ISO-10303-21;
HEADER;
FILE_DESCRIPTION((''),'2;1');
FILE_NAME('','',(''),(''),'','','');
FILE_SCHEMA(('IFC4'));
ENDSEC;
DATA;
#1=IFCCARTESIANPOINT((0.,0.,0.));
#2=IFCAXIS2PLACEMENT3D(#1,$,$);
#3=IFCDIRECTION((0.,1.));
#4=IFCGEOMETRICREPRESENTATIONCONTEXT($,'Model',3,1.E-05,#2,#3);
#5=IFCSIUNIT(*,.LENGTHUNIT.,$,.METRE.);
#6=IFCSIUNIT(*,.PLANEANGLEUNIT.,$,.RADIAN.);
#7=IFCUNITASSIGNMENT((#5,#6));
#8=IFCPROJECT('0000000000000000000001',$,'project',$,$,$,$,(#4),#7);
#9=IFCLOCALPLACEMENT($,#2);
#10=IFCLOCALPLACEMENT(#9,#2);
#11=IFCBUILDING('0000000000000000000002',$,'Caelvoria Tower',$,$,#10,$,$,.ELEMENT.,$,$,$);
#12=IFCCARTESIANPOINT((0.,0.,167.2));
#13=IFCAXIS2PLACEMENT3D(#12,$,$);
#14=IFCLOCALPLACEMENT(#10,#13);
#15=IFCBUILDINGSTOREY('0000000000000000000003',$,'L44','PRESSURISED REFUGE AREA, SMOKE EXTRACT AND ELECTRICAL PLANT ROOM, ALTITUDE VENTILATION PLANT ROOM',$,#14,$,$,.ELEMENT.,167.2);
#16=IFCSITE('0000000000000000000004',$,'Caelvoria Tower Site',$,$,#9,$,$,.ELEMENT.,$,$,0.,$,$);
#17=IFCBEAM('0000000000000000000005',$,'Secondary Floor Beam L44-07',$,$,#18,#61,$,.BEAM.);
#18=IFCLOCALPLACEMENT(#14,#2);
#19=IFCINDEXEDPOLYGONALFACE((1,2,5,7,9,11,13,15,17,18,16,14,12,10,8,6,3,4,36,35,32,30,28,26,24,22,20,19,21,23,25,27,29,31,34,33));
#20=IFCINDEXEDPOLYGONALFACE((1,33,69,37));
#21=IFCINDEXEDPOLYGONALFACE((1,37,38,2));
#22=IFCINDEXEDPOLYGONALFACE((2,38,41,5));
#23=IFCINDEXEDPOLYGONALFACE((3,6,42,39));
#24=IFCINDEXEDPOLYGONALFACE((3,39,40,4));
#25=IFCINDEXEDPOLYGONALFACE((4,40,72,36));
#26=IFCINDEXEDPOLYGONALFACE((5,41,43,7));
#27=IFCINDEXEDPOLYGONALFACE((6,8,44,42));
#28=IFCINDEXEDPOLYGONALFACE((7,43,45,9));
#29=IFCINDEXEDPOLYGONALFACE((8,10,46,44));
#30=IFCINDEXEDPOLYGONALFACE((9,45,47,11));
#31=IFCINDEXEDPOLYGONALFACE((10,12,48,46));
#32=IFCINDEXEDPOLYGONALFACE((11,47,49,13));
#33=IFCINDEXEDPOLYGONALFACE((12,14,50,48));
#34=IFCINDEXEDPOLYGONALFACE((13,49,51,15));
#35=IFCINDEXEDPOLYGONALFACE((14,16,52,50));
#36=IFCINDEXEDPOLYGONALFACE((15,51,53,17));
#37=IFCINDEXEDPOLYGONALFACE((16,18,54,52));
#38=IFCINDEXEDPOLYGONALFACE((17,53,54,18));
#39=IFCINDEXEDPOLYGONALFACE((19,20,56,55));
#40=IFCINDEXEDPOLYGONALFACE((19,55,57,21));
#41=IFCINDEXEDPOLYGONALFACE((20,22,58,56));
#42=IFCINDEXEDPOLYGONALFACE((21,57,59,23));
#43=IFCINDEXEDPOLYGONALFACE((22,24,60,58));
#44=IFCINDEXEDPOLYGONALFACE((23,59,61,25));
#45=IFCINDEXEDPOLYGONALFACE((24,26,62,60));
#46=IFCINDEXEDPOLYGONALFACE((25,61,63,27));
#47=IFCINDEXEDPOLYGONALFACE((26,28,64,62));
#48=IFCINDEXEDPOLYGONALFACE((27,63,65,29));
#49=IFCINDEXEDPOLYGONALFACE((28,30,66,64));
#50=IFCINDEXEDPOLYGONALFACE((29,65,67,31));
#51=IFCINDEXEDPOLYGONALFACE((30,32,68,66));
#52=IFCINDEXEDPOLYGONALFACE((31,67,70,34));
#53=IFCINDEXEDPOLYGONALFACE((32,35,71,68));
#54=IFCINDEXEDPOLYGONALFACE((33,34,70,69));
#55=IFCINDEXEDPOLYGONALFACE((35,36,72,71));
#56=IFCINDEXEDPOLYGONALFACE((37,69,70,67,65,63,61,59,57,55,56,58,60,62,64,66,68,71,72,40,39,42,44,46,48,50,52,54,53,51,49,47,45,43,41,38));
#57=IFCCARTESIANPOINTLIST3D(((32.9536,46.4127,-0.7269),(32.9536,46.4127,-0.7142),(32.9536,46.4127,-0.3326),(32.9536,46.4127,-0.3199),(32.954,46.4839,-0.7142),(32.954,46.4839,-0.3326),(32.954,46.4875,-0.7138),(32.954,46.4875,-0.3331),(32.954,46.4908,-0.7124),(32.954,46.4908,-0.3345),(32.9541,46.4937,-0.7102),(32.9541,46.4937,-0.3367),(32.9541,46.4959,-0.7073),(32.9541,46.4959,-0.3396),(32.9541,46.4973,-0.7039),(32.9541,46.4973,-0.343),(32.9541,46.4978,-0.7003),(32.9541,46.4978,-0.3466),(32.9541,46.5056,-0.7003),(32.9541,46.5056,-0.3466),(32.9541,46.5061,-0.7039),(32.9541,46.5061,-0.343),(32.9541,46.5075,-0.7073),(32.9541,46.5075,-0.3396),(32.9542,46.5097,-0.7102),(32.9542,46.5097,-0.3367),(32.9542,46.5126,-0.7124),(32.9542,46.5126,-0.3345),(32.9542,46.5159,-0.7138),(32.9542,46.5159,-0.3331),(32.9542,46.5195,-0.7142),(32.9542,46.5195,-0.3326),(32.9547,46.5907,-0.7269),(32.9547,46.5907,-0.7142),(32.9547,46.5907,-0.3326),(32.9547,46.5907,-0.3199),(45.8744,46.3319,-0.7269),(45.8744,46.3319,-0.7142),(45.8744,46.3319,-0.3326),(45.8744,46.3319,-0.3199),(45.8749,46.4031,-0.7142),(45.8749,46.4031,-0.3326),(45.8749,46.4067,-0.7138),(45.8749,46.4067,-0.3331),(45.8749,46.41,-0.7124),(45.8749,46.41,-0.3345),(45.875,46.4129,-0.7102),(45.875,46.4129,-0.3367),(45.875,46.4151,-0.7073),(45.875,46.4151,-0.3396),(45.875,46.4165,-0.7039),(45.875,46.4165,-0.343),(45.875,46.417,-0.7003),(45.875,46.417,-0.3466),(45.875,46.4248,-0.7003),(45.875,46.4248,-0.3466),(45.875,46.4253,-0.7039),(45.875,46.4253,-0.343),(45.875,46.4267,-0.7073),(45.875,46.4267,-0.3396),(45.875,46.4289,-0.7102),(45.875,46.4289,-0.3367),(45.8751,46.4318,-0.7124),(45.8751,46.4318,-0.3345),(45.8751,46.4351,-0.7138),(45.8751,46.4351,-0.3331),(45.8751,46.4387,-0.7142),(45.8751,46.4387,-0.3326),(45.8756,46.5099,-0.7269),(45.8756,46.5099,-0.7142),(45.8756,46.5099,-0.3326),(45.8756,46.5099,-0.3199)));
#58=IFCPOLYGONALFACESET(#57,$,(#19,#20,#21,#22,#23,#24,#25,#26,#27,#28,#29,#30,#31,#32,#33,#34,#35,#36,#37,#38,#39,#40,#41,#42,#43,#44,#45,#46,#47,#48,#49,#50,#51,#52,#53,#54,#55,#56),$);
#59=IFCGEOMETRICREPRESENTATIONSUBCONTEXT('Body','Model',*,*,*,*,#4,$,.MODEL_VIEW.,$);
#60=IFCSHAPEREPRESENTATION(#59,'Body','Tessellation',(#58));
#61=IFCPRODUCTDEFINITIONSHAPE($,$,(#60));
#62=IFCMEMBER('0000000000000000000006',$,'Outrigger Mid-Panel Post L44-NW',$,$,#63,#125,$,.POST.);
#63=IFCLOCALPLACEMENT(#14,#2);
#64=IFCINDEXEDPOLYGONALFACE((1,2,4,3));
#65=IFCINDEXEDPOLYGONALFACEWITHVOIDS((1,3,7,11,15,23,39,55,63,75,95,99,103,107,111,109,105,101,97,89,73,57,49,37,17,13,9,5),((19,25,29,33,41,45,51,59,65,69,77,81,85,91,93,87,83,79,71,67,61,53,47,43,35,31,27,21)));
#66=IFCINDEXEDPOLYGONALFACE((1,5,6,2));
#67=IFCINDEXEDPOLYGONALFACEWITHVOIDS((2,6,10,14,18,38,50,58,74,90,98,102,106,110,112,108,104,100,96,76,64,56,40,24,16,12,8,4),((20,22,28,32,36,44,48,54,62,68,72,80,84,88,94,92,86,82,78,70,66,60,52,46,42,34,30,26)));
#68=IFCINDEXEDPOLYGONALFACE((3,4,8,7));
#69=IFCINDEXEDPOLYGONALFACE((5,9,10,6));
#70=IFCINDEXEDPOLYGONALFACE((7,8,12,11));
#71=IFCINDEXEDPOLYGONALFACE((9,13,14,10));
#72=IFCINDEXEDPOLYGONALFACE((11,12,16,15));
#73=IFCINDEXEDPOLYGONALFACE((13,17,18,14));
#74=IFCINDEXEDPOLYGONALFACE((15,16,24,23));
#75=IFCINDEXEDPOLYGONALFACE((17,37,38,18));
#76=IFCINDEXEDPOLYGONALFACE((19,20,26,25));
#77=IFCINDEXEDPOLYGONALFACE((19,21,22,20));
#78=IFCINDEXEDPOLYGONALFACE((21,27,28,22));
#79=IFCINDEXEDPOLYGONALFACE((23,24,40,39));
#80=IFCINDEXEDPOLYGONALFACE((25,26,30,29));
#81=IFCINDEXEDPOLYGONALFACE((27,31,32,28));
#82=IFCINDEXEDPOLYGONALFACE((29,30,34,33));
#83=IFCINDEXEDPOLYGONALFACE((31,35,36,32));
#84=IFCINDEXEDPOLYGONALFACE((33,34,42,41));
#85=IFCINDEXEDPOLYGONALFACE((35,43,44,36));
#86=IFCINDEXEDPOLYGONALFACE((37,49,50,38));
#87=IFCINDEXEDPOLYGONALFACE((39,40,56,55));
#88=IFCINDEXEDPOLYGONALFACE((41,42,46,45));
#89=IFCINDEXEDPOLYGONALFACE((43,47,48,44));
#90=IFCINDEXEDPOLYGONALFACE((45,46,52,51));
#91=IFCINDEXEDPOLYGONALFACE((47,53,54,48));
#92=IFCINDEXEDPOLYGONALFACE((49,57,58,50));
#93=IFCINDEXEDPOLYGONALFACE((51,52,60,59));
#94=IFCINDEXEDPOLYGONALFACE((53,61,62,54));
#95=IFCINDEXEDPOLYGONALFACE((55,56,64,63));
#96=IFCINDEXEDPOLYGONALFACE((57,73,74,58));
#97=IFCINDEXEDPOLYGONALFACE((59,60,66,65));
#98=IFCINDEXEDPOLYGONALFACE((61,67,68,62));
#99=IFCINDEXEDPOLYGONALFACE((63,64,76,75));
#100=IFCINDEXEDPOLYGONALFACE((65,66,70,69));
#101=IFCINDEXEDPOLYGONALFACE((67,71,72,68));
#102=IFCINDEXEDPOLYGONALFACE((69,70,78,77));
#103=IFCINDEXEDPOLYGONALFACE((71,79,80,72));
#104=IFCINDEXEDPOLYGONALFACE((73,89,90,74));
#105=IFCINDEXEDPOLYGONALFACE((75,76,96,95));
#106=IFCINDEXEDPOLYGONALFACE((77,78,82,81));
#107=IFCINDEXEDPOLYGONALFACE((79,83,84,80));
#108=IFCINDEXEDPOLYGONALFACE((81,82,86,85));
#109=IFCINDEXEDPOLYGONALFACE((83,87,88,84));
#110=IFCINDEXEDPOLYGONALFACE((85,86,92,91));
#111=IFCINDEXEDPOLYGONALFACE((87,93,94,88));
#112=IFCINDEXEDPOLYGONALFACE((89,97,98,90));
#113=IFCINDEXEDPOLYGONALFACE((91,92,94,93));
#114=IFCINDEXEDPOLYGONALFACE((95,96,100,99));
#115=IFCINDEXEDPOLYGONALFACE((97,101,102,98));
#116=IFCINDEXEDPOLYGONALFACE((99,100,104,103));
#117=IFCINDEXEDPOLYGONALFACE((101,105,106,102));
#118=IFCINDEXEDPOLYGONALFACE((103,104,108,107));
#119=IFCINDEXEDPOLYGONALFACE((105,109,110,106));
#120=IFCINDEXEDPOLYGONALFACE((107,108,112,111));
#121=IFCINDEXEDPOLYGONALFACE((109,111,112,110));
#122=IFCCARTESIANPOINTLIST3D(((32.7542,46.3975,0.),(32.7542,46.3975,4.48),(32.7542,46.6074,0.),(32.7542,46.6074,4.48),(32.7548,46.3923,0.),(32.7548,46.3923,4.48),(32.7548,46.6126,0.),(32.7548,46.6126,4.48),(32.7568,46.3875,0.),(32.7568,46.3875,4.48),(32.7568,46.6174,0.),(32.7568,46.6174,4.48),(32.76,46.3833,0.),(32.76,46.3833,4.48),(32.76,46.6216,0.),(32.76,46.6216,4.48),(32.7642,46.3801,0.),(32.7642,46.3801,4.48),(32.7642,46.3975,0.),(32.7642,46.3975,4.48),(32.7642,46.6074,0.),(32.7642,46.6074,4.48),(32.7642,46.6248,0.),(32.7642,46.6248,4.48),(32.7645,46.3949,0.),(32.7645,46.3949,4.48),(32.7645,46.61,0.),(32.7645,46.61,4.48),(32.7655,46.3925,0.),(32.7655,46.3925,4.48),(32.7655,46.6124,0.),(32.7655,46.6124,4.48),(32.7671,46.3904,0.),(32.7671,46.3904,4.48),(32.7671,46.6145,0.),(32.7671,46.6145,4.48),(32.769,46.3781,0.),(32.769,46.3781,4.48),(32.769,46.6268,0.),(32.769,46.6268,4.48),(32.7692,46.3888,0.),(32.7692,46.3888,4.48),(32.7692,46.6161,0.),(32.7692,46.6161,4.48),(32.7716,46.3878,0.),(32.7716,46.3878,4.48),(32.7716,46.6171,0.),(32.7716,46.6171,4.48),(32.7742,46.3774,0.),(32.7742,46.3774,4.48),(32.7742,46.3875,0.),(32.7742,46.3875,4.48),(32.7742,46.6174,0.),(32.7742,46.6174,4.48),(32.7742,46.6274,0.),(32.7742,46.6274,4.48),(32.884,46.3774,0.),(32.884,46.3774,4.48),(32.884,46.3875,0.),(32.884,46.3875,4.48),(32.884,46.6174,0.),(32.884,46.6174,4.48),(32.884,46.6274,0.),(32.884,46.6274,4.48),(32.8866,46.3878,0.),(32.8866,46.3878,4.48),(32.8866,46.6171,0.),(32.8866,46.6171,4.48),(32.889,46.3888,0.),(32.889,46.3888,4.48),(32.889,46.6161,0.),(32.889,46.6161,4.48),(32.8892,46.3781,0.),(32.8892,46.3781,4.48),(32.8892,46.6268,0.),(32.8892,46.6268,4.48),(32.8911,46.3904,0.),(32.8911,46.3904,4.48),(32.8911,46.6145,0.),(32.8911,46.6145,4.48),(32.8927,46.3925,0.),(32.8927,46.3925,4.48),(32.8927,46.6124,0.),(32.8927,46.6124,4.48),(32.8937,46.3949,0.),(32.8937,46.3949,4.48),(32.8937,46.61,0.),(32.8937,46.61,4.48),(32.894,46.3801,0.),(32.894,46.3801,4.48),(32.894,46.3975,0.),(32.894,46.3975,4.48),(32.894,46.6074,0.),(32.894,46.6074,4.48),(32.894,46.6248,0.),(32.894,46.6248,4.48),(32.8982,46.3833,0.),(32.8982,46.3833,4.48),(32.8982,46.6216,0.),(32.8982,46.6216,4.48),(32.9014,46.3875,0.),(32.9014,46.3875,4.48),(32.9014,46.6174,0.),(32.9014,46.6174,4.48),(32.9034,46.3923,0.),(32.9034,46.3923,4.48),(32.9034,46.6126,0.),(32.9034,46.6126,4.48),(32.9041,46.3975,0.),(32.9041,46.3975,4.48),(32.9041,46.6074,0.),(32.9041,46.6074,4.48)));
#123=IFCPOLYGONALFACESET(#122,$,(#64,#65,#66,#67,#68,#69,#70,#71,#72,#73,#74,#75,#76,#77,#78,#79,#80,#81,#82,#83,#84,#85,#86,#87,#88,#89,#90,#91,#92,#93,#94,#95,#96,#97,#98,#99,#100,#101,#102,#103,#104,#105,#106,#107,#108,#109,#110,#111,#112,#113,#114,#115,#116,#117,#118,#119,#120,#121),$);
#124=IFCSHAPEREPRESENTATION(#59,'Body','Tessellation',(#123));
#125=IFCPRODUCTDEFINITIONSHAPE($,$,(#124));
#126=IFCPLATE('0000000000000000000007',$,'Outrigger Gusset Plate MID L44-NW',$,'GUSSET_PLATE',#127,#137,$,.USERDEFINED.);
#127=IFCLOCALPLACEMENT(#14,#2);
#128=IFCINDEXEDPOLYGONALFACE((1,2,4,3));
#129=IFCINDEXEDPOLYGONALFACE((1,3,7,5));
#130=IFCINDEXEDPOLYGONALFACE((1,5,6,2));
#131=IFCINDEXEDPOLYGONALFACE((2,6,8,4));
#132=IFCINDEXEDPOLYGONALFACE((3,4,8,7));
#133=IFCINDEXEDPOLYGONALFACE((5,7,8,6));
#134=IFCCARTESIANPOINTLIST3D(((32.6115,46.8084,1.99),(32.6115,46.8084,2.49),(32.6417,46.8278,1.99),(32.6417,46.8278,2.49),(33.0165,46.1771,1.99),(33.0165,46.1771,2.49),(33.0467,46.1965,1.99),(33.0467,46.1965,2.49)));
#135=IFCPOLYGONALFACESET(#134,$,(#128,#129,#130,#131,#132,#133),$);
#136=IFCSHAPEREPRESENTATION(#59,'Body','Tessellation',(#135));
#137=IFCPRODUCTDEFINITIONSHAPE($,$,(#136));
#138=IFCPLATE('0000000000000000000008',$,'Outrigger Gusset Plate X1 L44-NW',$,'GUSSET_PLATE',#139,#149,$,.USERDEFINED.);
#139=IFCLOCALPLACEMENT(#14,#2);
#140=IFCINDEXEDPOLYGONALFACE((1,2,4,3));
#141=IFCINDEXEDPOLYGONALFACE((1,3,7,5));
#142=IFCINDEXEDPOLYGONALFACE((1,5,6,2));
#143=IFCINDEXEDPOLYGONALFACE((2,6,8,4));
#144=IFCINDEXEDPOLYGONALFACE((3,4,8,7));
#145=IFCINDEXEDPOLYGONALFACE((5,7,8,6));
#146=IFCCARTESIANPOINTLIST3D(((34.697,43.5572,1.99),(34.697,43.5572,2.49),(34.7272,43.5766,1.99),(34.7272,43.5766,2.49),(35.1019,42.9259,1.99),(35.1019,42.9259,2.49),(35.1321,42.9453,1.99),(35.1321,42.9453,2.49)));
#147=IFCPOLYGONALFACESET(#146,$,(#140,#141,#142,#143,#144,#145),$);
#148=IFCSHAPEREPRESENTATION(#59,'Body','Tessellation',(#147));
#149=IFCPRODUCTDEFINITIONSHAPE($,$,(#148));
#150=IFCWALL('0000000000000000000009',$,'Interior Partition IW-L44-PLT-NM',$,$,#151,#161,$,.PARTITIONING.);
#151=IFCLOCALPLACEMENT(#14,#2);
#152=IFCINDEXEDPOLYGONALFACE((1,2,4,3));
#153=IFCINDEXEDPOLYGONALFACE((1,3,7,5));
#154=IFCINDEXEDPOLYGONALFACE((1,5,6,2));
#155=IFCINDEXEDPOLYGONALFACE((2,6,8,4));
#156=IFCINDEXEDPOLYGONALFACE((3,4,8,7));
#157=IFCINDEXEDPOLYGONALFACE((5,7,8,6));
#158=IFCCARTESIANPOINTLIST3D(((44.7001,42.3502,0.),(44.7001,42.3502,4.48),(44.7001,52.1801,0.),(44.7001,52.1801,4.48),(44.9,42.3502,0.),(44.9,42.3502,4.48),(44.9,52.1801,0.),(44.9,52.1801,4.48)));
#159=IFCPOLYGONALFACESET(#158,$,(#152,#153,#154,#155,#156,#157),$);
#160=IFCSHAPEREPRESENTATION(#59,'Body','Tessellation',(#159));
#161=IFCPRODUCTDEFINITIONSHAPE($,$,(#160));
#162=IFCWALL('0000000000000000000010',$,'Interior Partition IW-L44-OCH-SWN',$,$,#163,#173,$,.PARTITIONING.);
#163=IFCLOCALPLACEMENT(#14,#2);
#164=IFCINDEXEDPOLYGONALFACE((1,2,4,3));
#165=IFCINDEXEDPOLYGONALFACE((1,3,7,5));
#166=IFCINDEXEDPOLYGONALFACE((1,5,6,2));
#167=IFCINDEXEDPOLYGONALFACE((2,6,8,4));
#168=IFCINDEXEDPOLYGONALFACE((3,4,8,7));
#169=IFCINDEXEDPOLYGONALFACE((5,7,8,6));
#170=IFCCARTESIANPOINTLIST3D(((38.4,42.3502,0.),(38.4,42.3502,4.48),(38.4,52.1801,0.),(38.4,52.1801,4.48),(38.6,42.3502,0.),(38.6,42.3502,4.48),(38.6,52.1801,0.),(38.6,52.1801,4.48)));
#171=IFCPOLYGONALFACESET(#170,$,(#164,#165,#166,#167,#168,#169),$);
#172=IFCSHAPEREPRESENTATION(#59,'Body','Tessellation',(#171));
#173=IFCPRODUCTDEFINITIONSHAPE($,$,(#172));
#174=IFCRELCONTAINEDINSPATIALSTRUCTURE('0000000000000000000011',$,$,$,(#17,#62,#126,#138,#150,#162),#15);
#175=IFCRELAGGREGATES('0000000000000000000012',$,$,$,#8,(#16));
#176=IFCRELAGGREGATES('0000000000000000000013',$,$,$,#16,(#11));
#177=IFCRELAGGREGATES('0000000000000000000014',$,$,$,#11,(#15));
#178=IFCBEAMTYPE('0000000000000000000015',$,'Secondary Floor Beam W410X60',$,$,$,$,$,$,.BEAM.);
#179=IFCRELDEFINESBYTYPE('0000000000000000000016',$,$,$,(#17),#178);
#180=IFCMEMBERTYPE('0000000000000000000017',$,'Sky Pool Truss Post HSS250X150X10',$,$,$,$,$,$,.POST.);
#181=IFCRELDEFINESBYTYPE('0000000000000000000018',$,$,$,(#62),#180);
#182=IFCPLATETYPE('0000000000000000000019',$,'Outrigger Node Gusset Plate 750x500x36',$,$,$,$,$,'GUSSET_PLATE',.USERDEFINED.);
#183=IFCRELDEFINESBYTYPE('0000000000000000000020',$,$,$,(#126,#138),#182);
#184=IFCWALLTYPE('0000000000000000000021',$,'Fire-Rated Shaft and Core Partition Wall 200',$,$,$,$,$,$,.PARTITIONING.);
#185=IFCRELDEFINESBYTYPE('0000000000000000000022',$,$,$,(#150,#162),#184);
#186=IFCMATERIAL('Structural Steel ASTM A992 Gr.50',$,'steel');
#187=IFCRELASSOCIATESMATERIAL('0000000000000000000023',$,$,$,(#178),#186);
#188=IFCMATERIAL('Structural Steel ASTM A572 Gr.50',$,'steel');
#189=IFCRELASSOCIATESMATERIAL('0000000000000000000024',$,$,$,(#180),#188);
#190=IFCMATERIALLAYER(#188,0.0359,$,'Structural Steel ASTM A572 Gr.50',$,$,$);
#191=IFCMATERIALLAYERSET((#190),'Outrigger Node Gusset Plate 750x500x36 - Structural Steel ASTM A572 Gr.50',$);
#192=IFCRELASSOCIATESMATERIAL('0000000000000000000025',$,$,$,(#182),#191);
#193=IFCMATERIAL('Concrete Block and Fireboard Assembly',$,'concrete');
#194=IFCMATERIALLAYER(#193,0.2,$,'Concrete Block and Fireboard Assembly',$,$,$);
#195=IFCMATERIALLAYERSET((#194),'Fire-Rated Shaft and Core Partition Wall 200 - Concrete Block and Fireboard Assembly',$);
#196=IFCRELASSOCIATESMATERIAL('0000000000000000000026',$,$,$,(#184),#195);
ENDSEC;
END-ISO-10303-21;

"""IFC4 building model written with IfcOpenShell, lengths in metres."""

from ifc_helpers import new_model, si_unit, direction, frame, frame_2d, origin, origin_2d, place, context, subcontext, project, spatial, rectangle, hollow_rectangle, i_section, extrude, material, layer, layer_set, material_profile, profile_set, type_object, element, save


model = new_model("IFC4")

# Units and contexts
model_context = context("Model", 3, precision=1e-05, world=origin(), true_north=direction((0.0, 1.0)))
body_context = subcontext(model_context, "Body", "Model", "MODEL_VIEW")
ifc_project = project(units=[si_unit("LENGTHUNIT", "METRE"), si_unit("PLANEANGLEUNIT", "RADIAN")], contexts=[model_context])

# Site, building, storey
site_placement = place(None, origin())
site = spatial("IfcSite", under=ifc_project, at=site_placement, Name="Caelvoria Tower Site", CompositionType="ELEMENT", RefElevation=0.0)
building_placement = place(site_placement, origin())
building = spatial("IfcBuilding", under=site, at=building_placement, Name="Caelvoria Tower", CompositionType="ELEMENT")
storey_placement = place(building_placement, frame((0.0, 0.0, 167.2)))
storey = spatial("IfcBuildingStorey", under=building, at=storey_placement, Name="L44", Description="PRESSURISED REFUGE AREA, SMOKE EXTRACT AND ELECTRICAL PLANT ROOM, ALTITUDE VENTILATION PLANT ROOM", CompositionType="ELEMENT", Elevation=167.2)

# Shared definitions
ifc_material_1 = material(Name="Structural Steel ASTM A992 Gr.50", Category="steel")

# Shared definitions
ifc_material_2 = material(Name="Structural Steel ASTM A572 Gr.50", Category="steel")

# Beam
ifc_material_profile_1 = material_profile(ifc_material_1, i_section(OverallWidth=0.178, OverallDepth=0.407, WebThickness=0.0078, FlangeThickness=0.0127, FilletRadius=0.0139, at=origin_2d()), Name="Structural Steel ASTM A992 Gr.50")
ifc_profile_set_1 = profile_set([ifc_material_profile_1], Name="W410X60 - Structural Steel ASTM A992 Gr.50")
beam_type = type_object("IfcBeamType", Name="Secondary Floor Beam W410X60", PredefinedType="BEAM", material=ifc_profile_set_1)
beam_placement = place(storey_placement, frame((45.875, 46.4209, -0.5234), z_axis=(-0.99998, 0.006254, 0.0), x_axis=(-0.006254, -0.99998, 0.0)))
element("IfcBeam", 1, at=beam_placement, inside=storey, type_object=beam_type, Name="Secondary Floor Beam L44-07", PredefinedType="BEAM", context=body_context, shape_type="SweptSolid", body=[
    extrude(i_section(OverallWidth=0.178, OverallDepth=0.407, WebThickness=0.0078, FlangeThickness=0.0127, FilletRadius=0.0139, at=origin_2d()), origin(), (0.0, 0.0, 1.0), 12.9211),
])

# Member
ifc_material_profile_2 = material_profile(ifc_material_2, hollow_rectangle(XDim=0.1499, YDim=0.25, WallThickness=0.01, InnerFilletRadius=0.01, OuterFilletRadius=0.02, at=origin_2d()), Name="Structural Steel ASTM A572 Gr.50")
ifc_profile_set_2 = profile_set([ifc_material_profile_2], Name="HSS250X150X10 - Structural Steel ASTM A572 Gr.50")
member_type_1 = type_object("IfcMemberType", Name="Sky Pool Truss Post HSS250X150X10", PredefinedType="POST", material=ifc_profile_set_2)
member_1_placement = place(storey_placement, frame((32.8291, 46.5024, 0.0), z_axis=(0.0, 0.0, 1.0), x_axis=(1.0, 0.0, 0.0)))
element("IfcMember", 2, at=member_1_placement, inside=storey, type_object=member_type_1, Name="Outrigger Mid-Panel Post L44-NW", PredefinedType="POST", context=body_context, shape_type="SweptSolid", body=[
    extrude(hollow_rectangle(XDim=0.1499, YDim=0.25, WallThickness=0.01, InnerFilletRadius=0.01, OuterFilletRadius=0.02, at=origin_2d()), origin(), (0.0, 0.0, 1.0), 4.48),
])

# Plates
ifc_layer_1 = layer(ifc_material_2, 0.0359, Name="Structural Steel ASTM A572 Gr.50")
ifc_layer_set_1 = layer_set([ifc_layer_1], Name="Outrigger Node Gusset Plate 750x500x36 - Structural Steel ASTM A572 Gr.50")
plate_type = type_object("IfcPlateType", Name="Outrigger Node Gusset Plate 750x500x36", ElementType="GUSSET_PLATE", PredefinedType="USERDEFINED", material=ifc_layer_set_1)
for number, where, z_axis, x_axis, name in (
    (3, (32.8291, 46.5024, 1.99), (0.0, 0.0, 1.0), (-0.539904, 0.841727, 0.0), "Outrigger Gusset Plate MID L44-NW"),
    (4, (34.9146, 43.2512, 1.99), (0.0, 0.0, 1.0), (-0.539904, 0.841727, 0.0), "Outrigger Gusset Plate X1 L44-NW"),
):
    element("IfcPlate", number, at=place(storey_placement, frame(where, z_axis=z_axis, x_axis=x_axis)), inside=storey, type_object=plate_type, Name=name, ObjectType="GUSSET_PLATE", PredefinedType="USERDEFINED", context=body_context, shape_type="SweptSolid", body=[
        extrude(rectangle(XDim=0.75, YDim=0.0359, at=origin_2d()), origin(), (0.0, 0.0, 1.0), 0.5),
    ])

# Walls
ifc_material_3 = material(Name="Concrete Block and Fireboard Assembly", Category="concrete")
ifc_layer_2 = layer(ifc_material_3, 0.2, Name="Concrete Block and Fireboard Assembly")
ifc_layer_set_2 = layer_set([ifc_layer_2], Name="Fire-Rated Shaft and Core Partition Wall 200 - Concrete Block and Fireboard Assembly")
wall_type = type_object("IfcWallType", Name="Fire-Rated Shaft and Core Partition Wall 200", PredefinedType="PARTITIONING", material=ifc_layer_set_2)
for number, where, z_axis, x_axis, name in (
    (5, (44.8, 42.3501, 0.0), (0.0, 0.0, 1.0), (0.0, 1.0, 0.0), "Interior Partition IW-L44-PLT-NM"),
    (6, (38.5, 42.3501, 0.0), (0.0, 0.0, 1.0), (0.0, 1.0, 0.0), "Interior Partition IW-L44-OCH-SWN"),
):
    element("IfcWall", number, at=place(storey_placement, frame(where, z_axis=z_axis, x_axis=x_axis)), inside=storey, type_object=wall_type, Name=name, PredefinedType="PARTITIONING", context=body_context, shape_type="SweptSolid", body=[
        extrude(rectangle(XDim=9.8298, YDim=0.2, at=frame_2d((4.915, 0.0))), origin(), (0.0, 0.0, 1.0), 4.48),
    ])

save(model, "model.ifc")
